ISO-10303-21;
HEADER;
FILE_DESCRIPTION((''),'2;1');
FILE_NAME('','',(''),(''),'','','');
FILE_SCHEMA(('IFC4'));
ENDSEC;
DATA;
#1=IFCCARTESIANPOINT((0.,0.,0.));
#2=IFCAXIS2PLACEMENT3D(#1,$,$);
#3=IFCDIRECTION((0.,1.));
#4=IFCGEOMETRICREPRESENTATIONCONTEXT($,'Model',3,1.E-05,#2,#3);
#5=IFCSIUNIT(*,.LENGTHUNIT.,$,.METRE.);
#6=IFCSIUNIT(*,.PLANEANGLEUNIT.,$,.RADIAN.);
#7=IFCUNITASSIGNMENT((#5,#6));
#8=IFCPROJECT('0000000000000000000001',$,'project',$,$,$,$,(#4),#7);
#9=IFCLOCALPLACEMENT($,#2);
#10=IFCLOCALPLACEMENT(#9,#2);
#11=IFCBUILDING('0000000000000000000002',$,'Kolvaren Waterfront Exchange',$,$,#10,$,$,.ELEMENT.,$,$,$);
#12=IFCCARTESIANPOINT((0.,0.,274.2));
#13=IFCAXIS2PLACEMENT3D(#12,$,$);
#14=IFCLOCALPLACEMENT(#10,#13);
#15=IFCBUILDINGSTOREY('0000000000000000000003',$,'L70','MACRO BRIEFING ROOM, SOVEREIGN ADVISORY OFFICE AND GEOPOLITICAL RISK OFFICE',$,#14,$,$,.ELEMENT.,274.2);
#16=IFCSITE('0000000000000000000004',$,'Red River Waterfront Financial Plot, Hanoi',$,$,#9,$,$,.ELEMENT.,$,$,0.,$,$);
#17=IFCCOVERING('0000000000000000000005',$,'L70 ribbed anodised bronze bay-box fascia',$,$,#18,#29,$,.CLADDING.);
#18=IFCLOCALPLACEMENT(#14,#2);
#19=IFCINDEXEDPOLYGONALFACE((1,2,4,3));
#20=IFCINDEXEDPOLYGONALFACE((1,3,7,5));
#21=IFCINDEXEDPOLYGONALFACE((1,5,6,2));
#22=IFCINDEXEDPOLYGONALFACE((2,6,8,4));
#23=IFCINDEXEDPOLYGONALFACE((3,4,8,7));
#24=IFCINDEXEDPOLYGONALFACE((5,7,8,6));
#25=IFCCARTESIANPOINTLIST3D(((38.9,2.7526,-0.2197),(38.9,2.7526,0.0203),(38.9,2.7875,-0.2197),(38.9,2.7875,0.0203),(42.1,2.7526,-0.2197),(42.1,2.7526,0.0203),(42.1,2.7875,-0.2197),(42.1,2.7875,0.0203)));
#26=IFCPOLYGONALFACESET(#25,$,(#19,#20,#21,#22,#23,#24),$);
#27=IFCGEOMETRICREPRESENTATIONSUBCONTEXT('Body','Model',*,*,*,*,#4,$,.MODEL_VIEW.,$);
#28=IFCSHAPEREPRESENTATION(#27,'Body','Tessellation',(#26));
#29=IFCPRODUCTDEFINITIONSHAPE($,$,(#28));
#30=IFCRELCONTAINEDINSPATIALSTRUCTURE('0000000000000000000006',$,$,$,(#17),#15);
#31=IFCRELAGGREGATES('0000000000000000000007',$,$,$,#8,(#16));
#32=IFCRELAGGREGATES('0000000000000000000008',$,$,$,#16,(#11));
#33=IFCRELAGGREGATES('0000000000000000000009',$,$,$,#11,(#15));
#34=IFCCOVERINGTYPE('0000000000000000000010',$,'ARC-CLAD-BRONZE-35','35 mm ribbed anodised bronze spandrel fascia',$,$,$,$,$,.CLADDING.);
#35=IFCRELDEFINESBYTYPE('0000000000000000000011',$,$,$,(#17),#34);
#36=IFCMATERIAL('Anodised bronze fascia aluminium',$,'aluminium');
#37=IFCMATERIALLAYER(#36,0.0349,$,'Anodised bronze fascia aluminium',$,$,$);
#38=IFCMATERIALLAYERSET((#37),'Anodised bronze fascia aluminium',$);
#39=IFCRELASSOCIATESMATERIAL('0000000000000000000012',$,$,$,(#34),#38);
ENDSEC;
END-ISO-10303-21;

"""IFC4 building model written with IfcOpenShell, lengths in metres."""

from ifc_helpers import new_model, si_unit, direction, frame, origin, origin_2d, place, context, subcontext, project, spatial, rectangle, extrude, material, layer, layer_set, type_object, element, save


model = new_model("IFC4")

# Units and contexts
model_context = context("Model", 3, precision=1e-05, world=origin(), true_north=direction((0.0, 1.0)))
body_context = subcontext(model_context, "Body", "Model", "MODEL_VIEW")
ifc_project = project(units=[si_unit("LENGTHUNIT", "METRE"), si_unit("PLANEANGLEUNIT", "RADIAN")], contexts=[model_context])

# Site, building, storey
site_placement = place(None, origin())
site = spatial("IfcSite", under=ifc_project, at=site_placement, Name="Red River Waterfront Financial Plot, Hanoi", CompositionType="ELEMENT", RefElevation=0.0)
building_placement = place(site_placement, origin())
building = spatial("IfcBuilding", under=site, at=building_placement, Name="Kolvaren Waterfront Exchange", CompositionType="ELEMENT")
storey_placement = place(building_placement, frame((0.0, 0.0, 274.2)))
storey = spatial("IfcBuildingStorey", under=building, at=storey_placement, Name="L70", Description="MACRO BRIEFING ROOM, SOVEREIGN ADVISORY OFFICE AND GEOPOLITICAL RISK OFFICE", CompositionType="ELEMENT", Elevation=274.2)

# Covering
ifc_material_1 = material(Name="Anodised bronze fascia aluminium", Category="aluminium")
ifc_layer_1 = layer(ifc_material_1, 0.0349, Name="Anodised bronze fascia aluminium")
ifc_layer_set_1 = layer_set([ifc_layer_1], Name="Anodised bronze fascia aluminium")
covering_type = type_object("IfcCoveringType", Name="ARC-CLAD-BRONZE-35", Description="35 mm ribbed anodised bronze spandrel fascia", PredefinedType="CLADDING", material=ifc_layer_set_1)
covering_placement = place(storey_placement, frame((40.5, 2.77, -0.2197), z_axis=(0.0, 0.0, 1.0), x_axis=(1.0, 0.0, 0.0)))
element("IfcCovering", 1, at=covering_placement, inside=storey, type_object=covering_type, Name="L70 ribbed anodised bronze bay-box fascia", PredefinedType="CLADDING", context=body_context, shape_type="SweptSolid", body=[
    extrude(rectangle(XDim=3.2, YDim=0.0349, at=origin_2d()), origin(), (0.0, 0.0, 1.0), 0.24),
])

save(model, "model.ifc")
